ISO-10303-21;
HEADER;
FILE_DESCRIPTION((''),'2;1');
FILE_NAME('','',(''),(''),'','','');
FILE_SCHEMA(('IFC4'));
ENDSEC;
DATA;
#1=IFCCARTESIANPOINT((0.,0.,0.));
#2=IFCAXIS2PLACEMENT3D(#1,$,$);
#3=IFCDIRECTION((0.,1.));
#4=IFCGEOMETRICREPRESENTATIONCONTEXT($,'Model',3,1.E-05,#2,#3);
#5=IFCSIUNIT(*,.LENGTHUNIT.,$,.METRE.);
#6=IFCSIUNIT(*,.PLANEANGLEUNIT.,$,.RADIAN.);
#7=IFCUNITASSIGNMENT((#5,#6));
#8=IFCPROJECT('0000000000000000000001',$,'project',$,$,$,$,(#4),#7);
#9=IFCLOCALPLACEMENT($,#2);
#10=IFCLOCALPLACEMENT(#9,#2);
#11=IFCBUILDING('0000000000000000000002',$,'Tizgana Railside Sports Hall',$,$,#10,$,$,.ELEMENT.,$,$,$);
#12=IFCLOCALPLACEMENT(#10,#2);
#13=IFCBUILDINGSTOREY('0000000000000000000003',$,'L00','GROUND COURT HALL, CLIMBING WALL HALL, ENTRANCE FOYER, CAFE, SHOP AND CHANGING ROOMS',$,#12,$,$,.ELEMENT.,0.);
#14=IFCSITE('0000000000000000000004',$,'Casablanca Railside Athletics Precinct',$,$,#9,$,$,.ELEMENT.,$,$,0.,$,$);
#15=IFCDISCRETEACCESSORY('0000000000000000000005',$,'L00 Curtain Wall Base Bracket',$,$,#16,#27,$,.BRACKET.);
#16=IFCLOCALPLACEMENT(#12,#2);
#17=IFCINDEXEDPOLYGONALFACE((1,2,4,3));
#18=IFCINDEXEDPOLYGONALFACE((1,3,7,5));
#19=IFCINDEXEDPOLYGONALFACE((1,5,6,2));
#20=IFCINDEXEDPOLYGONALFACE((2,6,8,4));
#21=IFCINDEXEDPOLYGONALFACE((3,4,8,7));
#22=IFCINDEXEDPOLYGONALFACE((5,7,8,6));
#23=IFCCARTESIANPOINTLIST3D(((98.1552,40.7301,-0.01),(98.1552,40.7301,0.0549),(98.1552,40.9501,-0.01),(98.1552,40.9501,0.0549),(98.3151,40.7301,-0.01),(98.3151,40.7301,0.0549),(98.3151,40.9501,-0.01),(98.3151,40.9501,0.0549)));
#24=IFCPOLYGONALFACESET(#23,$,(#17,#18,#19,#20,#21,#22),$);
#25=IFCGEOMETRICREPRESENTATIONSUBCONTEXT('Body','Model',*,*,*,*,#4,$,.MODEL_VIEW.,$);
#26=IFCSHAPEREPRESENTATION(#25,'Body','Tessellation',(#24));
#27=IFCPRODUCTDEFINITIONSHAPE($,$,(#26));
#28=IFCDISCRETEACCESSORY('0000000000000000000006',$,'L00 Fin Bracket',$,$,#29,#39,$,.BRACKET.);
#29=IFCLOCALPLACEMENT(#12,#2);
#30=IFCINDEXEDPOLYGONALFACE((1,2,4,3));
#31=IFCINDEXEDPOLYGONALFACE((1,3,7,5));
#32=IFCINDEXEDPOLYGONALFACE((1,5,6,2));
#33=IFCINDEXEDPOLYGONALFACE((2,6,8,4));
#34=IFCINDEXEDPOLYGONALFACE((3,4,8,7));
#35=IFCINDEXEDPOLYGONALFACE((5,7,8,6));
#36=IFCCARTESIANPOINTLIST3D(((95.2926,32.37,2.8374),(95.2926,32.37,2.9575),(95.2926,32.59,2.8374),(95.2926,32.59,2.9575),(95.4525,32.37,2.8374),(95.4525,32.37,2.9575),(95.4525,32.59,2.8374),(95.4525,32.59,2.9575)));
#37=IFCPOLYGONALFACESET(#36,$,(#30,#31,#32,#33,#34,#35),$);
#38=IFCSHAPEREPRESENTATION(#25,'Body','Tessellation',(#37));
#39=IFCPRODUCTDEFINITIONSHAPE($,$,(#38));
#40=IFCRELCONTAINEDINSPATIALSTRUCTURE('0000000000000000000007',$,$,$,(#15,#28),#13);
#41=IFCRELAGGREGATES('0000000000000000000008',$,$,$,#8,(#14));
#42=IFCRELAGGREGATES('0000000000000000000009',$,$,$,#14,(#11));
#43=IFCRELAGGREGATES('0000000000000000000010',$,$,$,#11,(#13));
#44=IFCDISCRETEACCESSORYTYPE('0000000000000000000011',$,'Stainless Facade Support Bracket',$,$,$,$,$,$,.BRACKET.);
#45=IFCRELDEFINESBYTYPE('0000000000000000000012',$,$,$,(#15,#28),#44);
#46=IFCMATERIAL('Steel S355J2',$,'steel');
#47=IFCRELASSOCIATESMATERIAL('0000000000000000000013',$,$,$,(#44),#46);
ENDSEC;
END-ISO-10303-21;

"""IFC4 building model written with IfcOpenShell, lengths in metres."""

from ifc_helpers import new_model, si_unit, direction, frame, origin, origin_2d, place, context, subcontext, project, spatial, rectangle, extrude, material, type_object, element, save


model = new_model("IFC4")

# Units and contexts
model_context = context("Model", 3, precision=1e-05, world=origin(), true_north=direction((0.0, 1.0)))
body_context = subcontext(model_context, "Body", "Model", "MODEL_VIEW")
ifc_project = project(units=[si_unit("LENGTHUNIT", "METRE"), si_unit("PLANEANGLEUNIT", "RADIAN")], contexts=[model_context])

# Site, building, storey
site_placement = place(None, origin())
site = spatial("IfcSite", under=ifc_project, at=site_placement, Name="Casablanca Railside Athletics Precinct", CompositionType="ELEMENT", RefElevation=0.0)
building_placement = place(site_placement, origin())
building = spatial("IfcBuilding", under=site, at=building_placement, Name="Tizgana Railside Sports Hall", CompositionType="ELEMENT")
storey_placement = place(building_placement, origin())
storey = spatial("IfcBuildingStorey", under=building, at=storey_placement, Name="L00", Description="GROUND COURT HALL, CLIMBING WALL HALL, ENTRANCE FOYER, CAFE, SHOP AND CHANGING ROOMS", CompositionType="ELEMENT", Elevation=0.0)

# Shared definitions
ifc_material_1 = material(Name="Steel S355J2", Category="steel")

# Discrete accessories
discrete_accessory_type = type_object("IfcDiscreteAccessoryType", Name="Stainless Facade Support Bracket", PredefinedType="BRACKET", material=ifc_material_1)
discrete_accessory_1_placement = place(storey_placement, frame((98.2351, 40.8401, -0.01), z_axis=(0.0, 0.0, 1.0), x_axis=(-1.0, 0.0, 0.0)))
element("IfcDiscreteAccessory", 1, at=discrete_accessory_1_placement, inside=storey, type_object=discrete_accessory_type, Name="L00 Curtain Wall Base Bracket", PredefinedType="BRACKET", context=body_context, shape_type="SweptSolid", body=[
    extrude(rectangle(XDim=0.1599, YDim=0.22, at=origin_2d()), origin(), (0.0, 0.0, 1.0), 0.0649),
])
discrete_accessory_2_placement = place(storey_placement, frame((95.3726, 32.48, 2.8374), z_axis=(0.0, 0.0, 1.0), x_axis=(1.0, 0.0, 0.0)))
element("IfcDiscreteAccessory", 2, at=discrete_accessory_2_placement, inside=storey, type_object=discrete_accessory_type, Name="L00 Fin Bracket", PredefinedType="BRACKET", context=body_context, shape_type="SweptSolid", body=[
    extrude(rectangle(XDim=0.1599, YDim=0.22, at=origin_2d()), origin(), (0.0, 0.0, 1.0), 0.1201),
])

save(model, "model.ifc")
